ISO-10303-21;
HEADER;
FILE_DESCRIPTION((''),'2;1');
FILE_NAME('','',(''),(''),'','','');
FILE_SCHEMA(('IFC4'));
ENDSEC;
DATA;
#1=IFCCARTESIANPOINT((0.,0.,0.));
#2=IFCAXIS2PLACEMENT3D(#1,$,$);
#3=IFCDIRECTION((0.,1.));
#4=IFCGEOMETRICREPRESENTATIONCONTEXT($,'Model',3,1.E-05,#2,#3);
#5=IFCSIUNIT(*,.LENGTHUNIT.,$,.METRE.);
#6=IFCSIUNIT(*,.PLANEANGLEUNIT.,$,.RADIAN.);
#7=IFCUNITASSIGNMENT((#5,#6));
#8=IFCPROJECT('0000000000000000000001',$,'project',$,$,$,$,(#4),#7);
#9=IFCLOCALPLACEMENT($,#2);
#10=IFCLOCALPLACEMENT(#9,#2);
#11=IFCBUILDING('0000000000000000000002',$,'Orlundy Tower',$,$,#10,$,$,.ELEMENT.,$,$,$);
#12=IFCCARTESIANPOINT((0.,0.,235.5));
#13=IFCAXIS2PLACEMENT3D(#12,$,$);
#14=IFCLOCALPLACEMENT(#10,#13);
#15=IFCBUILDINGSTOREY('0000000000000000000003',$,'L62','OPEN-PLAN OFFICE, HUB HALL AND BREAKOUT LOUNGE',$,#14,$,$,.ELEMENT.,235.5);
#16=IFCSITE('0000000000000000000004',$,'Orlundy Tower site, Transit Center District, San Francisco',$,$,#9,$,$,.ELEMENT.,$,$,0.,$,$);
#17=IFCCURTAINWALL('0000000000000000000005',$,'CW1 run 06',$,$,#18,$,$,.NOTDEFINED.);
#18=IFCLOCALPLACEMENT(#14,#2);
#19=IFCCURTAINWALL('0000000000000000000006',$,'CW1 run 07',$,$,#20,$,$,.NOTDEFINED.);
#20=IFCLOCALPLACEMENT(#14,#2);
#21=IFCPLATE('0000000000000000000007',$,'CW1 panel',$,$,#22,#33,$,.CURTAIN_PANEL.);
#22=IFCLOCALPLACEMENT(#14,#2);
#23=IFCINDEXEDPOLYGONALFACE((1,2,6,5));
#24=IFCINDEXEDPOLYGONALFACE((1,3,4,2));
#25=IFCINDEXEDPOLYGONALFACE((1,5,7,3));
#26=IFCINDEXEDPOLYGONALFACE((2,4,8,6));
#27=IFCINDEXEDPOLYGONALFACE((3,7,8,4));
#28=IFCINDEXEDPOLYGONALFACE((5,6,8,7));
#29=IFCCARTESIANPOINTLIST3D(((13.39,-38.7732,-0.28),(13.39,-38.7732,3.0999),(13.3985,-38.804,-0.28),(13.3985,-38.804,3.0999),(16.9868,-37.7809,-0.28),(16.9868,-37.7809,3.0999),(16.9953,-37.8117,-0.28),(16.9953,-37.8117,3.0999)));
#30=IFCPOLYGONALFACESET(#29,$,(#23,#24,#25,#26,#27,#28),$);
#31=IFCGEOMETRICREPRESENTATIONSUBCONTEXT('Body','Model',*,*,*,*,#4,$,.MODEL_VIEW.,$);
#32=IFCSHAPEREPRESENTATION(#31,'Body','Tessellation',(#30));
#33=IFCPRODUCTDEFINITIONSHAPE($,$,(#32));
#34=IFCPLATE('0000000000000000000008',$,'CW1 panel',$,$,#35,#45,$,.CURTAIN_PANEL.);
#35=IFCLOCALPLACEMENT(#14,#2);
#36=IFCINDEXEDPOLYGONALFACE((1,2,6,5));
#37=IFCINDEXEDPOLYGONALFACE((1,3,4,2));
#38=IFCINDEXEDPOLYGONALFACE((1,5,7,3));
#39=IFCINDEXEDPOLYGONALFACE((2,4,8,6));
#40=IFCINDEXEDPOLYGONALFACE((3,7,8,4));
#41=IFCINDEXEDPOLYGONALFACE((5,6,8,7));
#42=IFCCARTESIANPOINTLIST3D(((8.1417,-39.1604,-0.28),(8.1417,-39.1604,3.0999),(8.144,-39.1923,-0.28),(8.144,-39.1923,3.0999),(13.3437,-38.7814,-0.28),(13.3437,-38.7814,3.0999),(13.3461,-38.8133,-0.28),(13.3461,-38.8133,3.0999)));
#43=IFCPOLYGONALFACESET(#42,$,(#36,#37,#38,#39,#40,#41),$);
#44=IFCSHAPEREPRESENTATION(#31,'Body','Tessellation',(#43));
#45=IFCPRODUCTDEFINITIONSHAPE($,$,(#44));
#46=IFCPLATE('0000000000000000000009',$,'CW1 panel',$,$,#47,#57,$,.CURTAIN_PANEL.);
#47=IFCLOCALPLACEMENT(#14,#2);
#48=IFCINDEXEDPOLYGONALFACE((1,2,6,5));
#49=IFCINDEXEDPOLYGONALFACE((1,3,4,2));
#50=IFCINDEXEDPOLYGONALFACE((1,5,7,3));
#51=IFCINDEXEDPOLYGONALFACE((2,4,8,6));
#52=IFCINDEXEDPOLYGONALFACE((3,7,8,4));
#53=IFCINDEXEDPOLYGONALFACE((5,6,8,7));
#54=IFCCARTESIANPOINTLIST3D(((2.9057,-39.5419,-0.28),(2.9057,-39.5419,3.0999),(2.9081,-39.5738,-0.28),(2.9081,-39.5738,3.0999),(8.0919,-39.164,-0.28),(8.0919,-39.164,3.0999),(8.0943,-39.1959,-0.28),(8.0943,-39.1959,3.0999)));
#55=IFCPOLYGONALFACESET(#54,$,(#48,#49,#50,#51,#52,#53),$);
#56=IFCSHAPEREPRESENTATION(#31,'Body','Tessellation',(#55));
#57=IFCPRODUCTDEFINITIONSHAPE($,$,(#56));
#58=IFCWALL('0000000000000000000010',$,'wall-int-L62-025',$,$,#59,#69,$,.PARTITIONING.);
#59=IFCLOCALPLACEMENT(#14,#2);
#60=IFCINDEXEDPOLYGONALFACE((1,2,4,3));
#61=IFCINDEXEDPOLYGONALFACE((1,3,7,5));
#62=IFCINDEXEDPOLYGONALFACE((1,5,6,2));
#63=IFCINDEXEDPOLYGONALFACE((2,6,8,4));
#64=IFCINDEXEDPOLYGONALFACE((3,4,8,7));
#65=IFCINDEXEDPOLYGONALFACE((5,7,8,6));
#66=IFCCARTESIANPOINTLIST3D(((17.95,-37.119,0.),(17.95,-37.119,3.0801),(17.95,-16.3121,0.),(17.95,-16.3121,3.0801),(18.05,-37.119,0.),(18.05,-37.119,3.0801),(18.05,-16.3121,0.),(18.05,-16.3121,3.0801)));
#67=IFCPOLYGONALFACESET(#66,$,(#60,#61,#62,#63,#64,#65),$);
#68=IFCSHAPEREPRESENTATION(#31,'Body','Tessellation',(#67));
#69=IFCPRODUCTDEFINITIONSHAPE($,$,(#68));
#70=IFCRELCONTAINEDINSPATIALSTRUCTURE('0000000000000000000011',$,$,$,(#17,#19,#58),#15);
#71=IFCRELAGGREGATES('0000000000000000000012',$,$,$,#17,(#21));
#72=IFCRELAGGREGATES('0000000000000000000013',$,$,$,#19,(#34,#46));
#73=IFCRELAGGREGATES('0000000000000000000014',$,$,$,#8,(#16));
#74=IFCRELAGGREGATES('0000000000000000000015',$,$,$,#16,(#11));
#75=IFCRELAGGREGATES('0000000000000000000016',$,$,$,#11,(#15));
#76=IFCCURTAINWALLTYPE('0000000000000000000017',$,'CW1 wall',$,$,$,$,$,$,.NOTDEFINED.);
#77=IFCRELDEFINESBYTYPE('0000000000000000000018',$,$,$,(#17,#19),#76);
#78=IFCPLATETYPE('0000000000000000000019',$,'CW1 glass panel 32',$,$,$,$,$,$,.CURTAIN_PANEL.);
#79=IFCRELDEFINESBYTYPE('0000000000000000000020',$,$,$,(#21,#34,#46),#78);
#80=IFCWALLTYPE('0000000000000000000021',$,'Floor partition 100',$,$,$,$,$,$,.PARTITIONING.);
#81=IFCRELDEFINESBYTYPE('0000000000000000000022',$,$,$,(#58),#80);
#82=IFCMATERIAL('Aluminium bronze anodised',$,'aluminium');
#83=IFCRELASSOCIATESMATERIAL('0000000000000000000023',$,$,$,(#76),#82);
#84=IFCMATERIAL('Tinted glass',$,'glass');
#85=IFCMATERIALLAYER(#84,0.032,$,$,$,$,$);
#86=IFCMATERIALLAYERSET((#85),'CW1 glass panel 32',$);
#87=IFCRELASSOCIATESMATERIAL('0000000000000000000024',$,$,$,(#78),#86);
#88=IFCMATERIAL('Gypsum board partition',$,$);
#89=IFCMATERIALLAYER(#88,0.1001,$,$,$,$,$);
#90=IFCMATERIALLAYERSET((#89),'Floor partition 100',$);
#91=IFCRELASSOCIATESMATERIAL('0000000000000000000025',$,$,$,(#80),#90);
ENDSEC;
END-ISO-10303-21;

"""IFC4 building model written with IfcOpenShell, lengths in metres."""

from ifc_helpers import new_model, si_unit, direction, frame, frame_2d, origin, origin_2d, place, context, subcontext, project, spatial, rectangle, extrude, material, layer, layer_set, type_object, element, aggregate, save


model = new_model("IFC4")

# Units and contexts
model_context = context("Model", 3, precision=1e-05, world=origin(), true_north=direction((0.0, 1.0)))
body_context = subcontext(model_context, "Body", "Model", "MODEL_VIEW")
ifc_project = project(units=[si_unit("LENGTHUNIT", "METRE"), si_unit("PLANEANGLEUNIT", "RADIAN")], contexts=[model_context])

# Site, building, storey
site_placement = place(None, origin())
site = spatial("IfcSite", under=ifc_project, at=site_placement, Name="Orlundy Tower site, Transit Center District, San Francisco", CompositionType="ELEMENT", RefElevation=0.0)
building_placement = place(site_placement, origin())
building = spatial("IfcBuilding", under=site, at=building_placement, Name="Orlundy Tower", CompositionType="ELEMENT")
storey_placement = place(building_placement, frame((0.0, 0.0, 235.5)))
storey = spatial("IfcBuildingStorey", under=building, at=storey_placement, Name="L62", Description="OPEN-PLAN OFFICE, HUB HALL AND BREAKOUT LOUNGE", CompositionType="ELEMENT", Elevation=235.5)

# Curtain wall
ifc_material_1 = material(Name="Aluminium bronze anodised", Category="aluminium")
curtain_wall_type = type_object("IfcCurtainWallType", Name="CW1 wall", PredefinedType="NOTDEFINED", material=ifc_material_1)
curtain_wall_1_placement = place(storey_placement, origin())
curtain_wall_1 = element("IfcCurtainWall", 1, at=curtain_wall_1_placement, inside=storey, type_object=curtain_wall_type, Name="CW1 run 06", PredefinedType="NOTDEFINED")

# Curtain wall
curtain_wall_2_placement = place(storey_placement, origin())
curtain_wall_2 = element("IfcCurtainWall", 2, at=curtain_wall_2_placement, inside=storey, type_object=curtain_wall_type, Name="CW1 run 07", PredefinedType="NOTDEFINED")

# Plates
ifc_material_2 = material(Name="Tinted glass", Category="glass")
ifc_layer_1 = layer(ifc_material_2, 0.032)
ifc_layer_set_1 = layer_set([ifc_layer_1], Name="CW1 glass panel 32")
plate_type = type_object("IfcPlateType", Name="CW1 glass panel 32", PredefinedType="CURTAIN_PANEL", material=ifc_layer_set_1)
plate_1_placement = place(storey_placement, frame((15.1926, -38.2925, -0.28), z_axis=(0.0, 0.0, 1.0), x_axis=(-0.963988, -0.265946, 0.0)))
plate_1 = element("IfcPlate", 3, at=plate_1_placement, type_object=plate_type, Name="CW1 panel", PredefinedType="CURTAIN_PANEL", context=body_context, shape_type="SweptSolid", body=[
    extrude(rectangle(XDim=3.7312, YDim=0.032, at=origin_2d()), origin(), (0.0, 0.0, 1.0), 3.3799),
])
aggregate(curtain_wall_1, [plate_1])
plate_2_placement = place(storey_placement, frame((10.7439, -38.9868, -0.28), z_axis=(0.0, 0.0, 1.0), x_axis=(-0.997356, -0.072668, 0.0)))
plate_2 = element("IfcPlate", 4, at=plate_2_placement, type_object=plate_type, Name="CW1 panel", PredefinedType="CURTAIN_PANEL", context=body_context, shape_type="SweptSolid", body=[
    extrude(rectangle(XDim=5.2158, YDim=0.032, at=origin_2d()), origin(), (0.0, 0.0, 1.0), 3.3799),
])
plate_3_placement = place(storey_placement, frame((5.5, -39.3689, -0.28), z_axis=(0.0, 0.0, 1.0), x_axis=(-0.997356, -0.072668, 0.0)))
plate_3 = element("IfcPlate", 5, at=plate_3_placement, type_object=plate_type, Name="CW1 panel", PredefinedType="CURTAIN_PANEL", context=body_context, shape_type="SweptSolid", body=[
    extrude(rectangle(XDim=5.2, YDim=0.032, at=origin_2d()), origin(), (0.0, 0.0, 1.0), 3.3799),
])
aggregate(curtain_wall_2, [plate_2, plate_3])

# Wall
ifc_material_3 = material(Name="Gypsum board partition")
ifc_layer_2 = layer(ifc_material_3, 0.1001)
ifc_layer_set_2 = layer_set([ifc_layer_2], Name="Floor partition 100")
wall_type = type_object("IfcWallType", Name="Floor partition 100", PredefinedType="PARTITIONING", material=ifc_layer_set_2)
wall_placement = place(storey_placement, frame((18.0, -37.1189, 0.0), z_axis=(0.0, 0.0, 1.0), x_axis=(0.0, 1.0, 0.0)))
element("IfcWall", 6, at=wall_placement, inside=storey, type_object=wall_type, Name="wall-int-L62-025", PredefinedType="PARTITIONING", context=body_context, shape_type="SweptSolid", body=[
    extrude(rectangle(XDim=20.8069, YDim=0.1001, at=frame_2d((10.4033, 0.0))), origin(), (0.0, 0.0, 1.0), 3.0801),
])

save(model, "model.ifc")
